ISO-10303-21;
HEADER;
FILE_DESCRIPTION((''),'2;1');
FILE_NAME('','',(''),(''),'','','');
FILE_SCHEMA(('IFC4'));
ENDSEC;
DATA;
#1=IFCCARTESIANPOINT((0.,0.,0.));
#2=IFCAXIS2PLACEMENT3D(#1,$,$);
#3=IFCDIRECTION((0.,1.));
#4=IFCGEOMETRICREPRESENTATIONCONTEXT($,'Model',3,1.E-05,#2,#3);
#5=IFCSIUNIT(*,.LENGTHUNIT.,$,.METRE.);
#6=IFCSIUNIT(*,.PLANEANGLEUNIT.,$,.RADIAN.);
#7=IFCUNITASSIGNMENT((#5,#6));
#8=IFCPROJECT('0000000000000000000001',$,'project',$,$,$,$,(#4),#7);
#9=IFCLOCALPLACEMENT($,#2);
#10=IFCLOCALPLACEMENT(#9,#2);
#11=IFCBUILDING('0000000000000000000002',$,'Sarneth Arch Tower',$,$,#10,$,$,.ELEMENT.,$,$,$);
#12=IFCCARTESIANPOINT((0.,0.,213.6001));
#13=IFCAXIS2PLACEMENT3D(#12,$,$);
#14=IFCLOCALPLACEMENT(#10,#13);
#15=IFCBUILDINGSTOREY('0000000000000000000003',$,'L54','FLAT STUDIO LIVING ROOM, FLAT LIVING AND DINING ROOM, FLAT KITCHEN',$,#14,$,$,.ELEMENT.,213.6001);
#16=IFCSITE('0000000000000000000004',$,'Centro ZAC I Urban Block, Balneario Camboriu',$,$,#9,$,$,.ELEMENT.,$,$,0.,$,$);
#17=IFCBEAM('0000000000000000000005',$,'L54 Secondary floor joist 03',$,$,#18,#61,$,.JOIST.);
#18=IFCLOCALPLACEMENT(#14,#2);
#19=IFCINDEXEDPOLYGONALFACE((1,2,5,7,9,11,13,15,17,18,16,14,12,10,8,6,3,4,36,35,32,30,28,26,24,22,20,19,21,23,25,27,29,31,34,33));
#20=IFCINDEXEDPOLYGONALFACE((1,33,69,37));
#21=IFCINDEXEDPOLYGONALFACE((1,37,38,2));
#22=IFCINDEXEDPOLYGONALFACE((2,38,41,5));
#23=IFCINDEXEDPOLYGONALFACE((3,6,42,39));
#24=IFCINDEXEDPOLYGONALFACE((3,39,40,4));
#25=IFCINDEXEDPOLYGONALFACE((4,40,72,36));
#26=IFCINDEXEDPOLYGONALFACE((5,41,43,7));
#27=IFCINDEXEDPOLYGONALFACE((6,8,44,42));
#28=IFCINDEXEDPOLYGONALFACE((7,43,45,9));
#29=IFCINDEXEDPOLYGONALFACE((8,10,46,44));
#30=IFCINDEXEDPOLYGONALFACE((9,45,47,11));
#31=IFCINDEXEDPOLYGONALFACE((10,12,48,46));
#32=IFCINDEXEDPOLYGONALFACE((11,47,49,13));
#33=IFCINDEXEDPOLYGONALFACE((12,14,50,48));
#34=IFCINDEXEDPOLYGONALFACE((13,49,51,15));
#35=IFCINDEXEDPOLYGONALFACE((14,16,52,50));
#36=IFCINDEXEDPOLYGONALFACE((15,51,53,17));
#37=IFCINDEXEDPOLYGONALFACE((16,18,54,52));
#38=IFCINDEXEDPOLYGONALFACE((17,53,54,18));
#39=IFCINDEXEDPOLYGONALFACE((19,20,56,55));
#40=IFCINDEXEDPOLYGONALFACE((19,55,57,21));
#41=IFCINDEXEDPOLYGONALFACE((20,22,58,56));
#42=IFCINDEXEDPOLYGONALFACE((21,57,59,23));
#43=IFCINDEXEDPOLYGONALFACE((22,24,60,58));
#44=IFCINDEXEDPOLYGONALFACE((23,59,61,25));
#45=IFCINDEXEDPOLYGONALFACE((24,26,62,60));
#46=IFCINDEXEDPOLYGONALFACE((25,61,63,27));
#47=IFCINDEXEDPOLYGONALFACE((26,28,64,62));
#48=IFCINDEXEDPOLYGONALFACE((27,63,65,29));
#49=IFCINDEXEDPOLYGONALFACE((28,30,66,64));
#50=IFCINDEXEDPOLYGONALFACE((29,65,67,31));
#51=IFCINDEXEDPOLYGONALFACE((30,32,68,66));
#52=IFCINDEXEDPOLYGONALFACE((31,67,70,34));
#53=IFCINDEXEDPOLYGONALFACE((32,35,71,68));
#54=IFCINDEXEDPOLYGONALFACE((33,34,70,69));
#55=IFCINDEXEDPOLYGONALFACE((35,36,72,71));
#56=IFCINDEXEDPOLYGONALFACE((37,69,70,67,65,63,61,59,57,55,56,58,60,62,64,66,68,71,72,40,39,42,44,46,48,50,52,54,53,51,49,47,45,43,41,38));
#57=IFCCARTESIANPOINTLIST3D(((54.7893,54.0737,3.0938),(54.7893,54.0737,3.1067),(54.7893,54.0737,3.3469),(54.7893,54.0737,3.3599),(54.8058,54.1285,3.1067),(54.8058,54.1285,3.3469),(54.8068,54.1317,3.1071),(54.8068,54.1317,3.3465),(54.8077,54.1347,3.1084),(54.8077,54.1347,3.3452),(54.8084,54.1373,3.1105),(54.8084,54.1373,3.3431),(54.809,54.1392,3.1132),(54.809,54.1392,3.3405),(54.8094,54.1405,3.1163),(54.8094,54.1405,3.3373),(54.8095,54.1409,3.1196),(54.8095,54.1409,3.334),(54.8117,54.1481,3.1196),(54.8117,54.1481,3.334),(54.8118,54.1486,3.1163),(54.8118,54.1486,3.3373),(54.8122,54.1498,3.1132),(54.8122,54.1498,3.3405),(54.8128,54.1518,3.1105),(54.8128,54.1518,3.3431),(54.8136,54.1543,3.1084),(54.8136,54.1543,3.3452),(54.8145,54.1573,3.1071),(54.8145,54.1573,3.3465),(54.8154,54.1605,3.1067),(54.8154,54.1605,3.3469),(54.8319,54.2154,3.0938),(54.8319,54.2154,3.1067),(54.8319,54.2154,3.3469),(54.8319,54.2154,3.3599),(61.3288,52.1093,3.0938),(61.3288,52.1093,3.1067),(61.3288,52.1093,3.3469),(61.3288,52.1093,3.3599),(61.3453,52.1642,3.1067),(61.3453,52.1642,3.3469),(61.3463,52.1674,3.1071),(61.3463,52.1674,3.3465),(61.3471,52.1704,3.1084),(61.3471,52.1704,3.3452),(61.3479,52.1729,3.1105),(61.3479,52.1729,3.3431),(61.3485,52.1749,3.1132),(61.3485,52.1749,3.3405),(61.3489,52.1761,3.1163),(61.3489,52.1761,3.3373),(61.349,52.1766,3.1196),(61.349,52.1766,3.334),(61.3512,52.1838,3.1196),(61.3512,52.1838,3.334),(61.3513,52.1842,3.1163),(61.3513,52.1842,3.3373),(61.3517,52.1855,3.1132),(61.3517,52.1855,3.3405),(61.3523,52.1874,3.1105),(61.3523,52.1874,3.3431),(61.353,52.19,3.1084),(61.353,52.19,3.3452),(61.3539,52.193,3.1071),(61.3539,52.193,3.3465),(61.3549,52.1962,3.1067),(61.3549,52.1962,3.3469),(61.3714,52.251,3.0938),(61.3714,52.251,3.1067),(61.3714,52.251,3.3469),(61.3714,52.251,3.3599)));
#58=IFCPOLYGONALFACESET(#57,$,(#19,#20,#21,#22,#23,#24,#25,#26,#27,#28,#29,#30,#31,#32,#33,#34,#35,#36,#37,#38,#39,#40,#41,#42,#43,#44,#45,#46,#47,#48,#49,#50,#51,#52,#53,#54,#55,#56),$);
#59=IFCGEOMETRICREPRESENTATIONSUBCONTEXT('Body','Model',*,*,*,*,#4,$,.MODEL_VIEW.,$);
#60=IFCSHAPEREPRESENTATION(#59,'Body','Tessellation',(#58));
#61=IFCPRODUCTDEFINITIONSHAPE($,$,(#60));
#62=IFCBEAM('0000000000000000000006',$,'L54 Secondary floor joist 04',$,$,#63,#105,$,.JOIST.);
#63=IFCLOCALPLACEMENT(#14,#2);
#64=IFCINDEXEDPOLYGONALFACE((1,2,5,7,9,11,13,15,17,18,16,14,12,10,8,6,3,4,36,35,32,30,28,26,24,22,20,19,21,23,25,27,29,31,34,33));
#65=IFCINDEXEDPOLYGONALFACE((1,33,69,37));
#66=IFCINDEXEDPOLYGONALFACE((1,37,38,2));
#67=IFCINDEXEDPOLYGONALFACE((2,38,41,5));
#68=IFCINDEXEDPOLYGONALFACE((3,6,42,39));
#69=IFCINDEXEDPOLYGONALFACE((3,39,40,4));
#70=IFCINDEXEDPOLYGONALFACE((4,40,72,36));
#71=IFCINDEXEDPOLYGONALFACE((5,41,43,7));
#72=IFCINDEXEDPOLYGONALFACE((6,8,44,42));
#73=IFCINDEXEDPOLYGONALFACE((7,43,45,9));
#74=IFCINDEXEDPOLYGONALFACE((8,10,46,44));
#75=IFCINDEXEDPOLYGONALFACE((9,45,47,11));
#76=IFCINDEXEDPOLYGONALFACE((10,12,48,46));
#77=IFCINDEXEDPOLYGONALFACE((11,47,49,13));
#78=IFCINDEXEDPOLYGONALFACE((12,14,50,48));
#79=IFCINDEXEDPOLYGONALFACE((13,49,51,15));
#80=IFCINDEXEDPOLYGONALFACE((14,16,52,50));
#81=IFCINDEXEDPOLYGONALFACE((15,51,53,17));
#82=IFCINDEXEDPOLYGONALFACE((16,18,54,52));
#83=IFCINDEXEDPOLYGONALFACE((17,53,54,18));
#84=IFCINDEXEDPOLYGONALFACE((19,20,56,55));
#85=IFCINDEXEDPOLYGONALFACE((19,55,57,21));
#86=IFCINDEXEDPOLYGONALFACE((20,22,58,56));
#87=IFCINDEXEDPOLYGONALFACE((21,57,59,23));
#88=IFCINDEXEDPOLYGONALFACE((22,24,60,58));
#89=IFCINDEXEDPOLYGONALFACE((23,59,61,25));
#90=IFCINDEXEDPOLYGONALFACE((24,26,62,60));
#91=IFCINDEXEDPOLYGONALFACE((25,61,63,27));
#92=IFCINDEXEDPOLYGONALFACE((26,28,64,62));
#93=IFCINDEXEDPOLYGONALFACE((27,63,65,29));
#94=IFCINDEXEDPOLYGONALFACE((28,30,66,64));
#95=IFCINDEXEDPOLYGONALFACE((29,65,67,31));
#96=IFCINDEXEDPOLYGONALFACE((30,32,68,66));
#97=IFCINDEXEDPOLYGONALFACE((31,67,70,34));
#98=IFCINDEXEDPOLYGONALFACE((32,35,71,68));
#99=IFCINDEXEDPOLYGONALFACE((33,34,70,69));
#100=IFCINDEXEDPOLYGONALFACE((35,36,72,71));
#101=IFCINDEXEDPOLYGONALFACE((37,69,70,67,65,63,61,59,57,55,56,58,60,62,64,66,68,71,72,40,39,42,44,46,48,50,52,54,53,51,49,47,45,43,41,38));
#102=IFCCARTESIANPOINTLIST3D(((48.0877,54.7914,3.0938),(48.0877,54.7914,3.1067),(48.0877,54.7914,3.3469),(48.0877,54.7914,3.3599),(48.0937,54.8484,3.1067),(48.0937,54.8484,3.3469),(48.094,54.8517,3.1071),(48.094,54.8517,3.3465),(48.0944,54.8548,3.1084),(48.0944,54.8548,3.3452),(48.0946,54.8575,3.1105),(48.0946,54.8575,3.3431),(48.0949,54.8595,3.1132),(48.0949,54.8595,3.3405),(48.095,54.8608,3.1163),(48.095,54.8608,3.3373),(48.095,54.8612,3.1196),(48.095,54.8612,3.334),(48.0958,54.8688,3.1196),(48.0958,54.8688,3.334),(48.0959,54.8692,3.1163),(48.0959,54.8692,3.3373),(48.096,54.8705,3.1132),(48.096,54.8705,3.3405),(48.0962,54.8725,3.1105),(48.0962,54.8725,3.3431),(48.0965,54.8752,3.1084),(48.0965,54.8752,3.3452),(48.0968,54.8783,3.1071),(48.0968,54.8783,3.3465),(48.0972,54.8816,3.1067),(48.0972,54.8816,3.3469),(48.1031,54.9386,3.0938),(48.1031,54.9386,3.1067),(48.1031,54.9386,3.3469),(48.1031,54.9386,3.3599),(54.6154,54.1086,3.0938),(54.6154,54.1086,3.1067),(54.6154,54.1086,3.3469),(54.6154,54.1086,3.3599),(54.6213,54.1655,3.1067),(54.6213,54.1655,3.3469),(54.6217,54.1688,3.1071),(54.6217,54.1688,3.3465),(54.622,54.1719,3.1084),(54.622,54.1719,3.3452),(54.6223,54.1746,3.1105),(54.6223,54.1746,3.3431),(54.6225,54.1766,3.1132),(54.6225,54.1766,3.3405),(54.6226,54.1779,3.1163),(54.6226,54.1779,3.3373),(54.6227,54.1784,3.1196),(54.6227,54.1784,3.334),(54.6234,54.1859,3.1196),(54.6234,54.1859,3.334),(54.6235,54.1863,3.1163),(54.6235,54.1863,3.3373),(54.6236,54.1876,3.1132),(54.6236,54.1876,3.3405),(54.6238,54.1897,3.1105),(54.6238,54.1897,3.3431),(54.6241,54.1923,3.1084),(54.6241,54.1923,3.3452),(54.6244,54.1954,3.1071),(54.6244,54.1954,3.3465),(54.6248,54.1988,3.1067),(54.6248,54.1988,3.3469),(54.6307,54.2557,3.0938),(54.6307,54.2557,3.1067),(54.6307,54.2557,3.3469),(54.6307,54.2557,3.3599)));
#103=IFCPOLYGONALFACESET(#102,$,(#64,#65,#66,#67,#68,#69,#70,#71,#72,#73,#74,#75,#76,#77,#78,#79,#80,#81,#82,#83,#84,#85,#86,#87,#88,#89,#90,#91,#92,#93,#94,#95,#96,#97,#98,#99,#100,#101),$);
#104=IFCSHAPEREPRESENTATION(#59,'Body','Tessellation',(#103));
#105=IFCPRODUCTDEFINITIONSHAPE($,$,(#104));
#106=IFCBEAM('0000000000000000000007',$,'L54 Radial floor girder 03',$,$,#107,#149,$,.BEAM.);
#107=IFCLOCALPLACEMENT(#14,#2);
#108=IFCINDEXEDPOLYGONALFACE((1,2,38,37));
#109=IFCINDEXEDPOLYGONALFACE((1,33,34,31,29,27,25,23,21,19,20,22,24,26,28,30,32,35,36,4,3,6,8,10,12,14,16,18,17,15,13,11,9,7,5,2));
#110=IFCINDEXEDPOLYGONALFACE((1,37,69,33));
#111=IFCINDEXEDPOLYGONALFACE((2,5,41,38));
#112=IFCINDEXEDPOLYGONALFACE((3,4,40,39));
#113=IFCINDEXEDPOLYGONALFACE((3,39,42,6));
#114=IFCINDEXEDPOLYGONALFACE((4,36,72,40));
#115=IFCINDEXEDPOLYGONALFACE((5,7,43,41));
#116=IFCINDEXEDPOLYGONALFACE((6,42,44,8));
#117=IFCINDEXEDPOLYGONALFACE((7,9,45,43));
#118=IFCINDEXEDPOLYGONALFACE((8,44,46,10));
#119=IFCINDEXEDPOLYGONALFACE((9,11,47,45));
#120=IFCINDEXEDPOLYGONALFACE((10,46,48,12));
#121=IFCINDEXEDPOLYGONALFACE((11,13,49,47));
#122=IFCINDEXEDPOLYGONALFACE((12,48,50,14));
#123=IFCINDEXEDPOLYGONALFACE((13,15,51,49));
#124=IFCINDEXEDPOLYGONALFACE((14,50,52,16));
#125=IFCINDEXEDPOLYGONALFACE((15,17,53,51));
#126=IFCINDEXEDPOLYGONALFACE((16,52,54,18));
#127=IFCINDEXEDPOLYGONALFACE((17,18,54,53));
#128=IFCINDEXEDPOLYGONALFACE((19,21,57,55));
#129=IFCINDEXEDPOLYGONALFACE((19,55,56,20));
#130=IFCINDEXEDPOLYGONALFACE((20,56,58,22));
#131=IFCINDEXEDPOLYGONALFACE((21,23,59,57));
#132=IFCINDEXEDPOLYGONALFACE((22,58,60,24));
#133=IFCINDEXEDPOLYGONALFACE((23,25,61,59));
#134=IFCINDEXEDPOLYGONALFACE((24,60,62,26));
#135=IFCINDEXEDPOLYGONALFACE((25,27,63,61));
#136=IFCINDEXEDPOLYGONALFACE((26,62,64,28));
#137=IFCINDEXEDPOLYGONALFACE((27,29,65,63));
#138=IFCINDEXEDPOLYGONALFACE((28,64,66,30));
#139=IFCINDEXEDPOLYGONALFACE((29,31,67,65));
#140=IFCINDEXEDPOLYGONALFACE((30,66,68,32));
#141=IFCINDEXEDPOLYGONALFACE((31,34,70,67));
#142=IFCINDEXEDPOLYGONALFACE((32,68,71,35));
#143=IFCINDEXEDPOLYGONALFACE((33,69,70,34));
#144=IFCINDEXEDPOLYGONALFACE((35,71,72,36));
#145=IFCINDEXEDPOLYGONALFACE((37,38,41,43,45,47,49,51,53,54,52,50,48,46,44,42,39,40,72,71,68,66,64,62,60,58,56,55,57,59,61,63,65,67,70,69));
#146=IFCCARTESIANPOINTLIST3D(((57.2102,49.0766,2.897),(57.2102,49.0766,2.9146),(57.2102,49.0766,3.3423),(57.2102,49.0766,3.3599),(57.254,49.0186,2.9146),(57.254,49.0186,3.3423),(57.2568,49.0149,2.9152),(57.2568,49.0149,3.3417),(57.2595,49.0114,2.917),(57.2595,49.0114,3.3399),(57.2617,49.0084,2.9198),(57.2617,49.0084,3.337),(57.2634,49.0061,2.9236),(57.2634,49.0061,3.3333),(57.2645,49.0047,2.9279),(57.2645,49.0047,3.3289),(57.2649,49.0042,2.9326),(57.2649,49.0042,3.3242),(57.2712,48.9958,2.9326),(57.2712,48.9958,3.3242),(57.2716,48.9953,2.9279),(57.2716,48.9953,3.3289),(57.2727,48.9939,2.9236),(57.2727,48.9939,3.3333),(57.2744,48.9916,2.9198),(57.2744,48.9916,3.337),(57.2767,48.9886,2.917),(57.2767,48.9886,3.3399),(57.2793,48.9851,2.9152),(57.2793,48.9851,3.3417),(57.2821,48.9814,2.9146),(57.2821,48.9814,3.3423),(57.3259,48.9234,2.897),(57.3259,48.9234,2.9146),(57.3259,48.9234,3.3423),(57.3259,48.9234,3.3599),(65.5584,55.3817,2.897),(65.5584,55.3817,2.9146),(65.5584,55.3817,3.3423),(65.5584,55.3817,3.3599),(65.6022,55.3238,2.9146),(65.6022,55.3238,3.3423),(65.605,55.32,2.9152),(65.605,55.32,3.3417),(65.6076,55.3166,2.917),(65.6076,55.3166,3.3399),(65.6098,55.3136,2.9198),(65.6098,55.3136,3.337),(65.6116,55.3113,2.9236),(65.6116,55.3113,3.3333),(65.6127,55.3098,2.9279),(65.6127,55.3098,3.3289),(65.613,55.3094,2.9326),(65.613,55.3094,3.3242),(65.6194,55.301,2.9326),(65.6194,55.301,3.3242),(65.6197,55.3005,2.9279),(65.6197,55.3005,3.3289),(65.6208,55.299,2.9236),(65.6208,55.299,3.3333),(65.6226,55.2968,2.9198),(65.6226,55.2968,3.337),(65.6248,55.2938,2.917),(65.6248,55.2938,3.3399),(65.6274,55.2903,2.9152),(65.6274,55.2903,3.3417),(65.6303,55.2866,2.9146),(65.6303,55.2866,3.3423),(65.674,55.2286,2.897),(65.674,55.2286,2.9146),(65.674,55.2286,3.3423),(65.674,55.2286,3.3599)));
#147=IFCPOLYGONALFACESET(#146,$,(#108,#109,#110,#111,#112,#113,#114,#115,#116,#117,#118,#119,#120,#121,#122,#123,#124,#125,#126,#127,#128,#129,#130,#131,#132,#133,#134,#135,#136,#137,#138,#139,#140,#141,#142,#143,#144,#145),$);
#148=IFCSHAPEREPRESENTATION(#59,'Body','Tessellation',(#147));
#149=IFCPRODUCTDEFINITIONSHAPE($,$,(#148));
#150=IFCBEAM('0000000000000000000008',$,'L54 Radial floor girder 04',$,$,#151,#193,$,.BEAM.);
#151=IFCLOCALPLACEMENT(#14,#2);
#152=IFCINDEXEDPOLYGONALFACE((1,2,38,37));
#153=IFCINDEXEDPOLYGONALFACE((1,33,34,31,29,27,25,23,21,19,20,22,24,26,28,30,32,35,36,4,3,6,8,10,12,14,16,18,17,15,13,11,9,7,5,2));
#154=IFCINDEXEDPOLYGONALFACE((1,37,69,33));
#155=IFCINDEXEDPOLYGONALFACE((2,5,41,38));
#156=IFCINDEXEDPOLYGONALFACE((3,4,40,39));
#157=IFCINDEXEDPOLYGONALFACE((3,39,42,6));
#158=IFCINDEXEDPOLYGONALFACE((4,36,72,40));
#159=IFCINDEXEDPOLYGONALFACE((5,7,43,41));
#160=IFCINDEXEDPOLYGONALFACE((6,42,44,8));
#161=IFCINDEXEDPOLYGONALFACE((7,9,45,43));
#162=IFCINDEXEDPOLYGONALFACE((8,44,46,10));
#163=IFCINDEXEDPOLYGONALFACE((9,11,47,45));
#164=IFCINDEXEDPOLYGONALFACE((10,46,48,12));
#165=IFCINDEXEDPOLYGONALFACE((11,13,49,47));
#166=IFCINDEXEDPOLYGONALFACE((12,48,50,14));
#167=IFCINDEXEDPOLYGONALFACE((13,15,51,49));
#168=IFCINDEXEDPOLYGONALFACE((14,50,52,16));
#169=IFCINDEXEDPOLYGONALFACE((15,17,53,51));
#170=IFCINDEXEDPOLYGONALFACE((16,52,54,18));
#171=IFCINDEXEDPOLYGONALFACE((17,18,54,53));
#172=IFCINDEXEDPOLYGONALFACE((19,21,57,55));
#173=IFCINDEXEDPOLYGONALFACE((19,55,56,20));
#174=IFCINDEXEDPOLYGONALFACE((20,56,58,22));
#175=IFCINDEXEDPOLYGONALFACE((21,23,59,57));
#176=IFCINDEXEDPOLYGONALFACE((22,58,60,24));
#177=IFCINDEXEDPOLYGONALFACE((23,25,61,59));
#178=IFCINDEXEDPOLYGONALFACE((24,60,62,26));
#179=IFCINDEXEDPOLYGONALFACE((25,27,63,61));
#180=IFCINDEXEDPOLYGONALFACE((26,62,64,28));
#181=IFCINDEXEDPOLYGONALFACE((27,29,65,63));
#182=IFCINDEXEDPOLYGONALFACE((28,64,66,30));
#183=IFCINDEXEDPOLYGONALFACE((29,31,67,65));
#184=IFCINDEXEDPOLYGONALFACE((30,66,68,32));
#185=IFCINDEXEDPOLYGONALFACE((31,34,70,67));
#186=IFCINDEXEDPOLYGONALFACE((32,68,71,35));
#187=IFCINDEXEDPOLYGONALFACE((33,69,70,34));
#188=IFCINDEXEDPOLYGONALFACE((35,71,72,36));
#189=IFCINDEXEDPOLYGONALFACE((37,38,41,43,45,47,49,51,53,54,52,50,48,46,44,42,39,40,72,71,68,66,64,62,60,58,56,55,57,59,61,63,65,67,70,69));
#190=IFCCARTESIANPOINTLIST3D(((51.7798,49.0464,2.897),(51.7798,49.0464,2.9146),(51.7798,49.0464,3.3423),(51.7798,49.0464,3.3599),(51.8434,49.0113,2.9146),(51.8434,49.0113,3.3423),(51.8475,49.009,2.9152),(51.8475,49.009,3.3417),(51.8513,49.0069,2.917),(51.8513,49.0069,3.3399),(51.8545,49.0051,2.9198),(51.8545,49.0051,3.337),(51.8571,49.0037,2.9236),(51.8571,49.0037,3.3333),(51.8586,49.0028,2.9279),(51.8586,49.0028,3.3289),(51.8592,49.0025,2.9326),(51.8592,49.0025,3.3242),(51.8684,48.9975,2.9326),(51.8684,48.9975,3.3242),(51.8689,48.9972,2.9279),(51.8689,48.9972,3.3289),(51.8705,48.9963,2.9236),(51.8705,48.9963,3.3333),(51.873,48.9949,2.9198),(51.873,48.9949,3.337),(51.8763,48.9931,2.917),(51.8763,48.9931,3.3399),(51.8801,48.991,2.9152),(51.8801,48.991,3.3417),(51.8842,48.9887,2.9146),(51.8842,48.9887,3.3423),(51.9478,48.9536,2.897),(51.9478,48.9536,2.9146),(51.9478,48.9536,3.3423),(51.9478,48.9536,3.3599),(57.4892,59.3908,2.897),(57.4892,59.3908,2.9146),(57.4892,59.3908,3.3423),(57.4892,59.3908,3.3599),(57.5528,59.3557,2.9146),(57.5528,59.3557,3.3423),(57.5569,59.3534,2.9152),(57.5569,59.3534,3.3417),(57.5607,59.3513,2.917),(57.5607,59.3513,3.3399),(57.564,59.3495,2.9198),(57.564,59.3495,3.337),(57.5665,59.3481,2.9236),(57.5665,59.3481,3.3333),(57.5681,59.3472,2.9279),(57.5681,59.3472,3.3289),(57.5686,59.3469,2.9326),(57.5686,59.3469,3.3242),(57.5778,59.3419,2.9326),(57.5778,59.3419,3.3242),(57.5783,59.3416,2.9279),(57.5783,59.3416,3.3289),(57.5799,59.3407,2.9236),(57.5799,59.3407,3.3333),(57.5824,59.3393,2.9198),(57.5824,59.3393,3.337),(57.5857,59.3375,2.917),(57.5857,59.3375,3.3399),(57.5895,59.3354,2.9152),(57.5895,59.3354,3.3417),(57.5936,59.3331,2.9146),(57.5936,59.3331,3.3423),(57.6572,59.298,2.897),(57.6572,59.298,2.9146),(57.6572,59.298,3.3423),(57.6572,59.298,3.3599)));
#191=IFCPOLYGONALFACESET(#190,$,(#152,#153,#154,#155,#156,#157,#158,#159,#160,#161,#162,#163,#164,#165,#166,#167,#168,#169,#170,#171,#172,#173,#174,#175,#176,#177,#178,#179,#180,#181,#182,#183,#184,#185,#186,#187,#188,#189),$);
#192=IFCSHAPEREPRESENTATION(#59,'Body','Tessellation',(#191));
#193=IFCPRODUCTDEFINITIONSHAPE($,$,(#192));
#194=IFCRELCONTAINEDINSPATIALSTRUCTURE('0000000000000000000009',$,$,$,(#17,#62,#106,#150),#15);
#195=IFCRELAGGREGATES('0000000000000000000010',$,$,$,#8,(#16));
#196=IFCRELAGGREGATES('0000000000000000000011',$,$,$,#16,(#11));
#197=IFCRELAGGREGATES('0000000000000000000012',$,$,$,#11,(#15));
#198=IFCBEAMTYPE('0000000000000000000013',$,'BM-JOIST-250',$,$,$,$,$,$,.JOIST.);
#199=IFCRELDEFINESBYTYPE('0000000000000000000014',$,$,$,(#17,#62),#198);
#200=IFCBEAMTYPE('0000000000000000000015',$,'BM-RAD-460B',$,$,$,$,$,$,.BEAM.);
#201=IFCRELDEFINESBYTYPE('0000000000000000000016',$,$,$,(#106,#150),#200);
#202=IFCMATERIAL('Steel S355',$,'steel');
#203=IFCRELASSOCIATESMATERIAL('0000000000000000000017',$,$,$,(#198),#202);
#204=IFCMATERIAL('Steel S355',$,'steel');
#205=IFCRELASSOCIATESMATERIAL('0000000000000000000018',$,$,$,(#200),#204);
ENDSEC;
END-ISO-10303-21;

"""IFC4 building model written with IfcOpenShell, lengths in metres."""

from ifc_helpers import new_model, si_unit, direction, frame, origin, origin_2d, place, context, subcontext, project, spatial, i_section, extrude, material, material_profile, profile_set, type_object, element, save


model = new_model("IFC4")

# Units and contexts
model_context = context("Model", 3, precision=1e-05, world=origin(), true_north=direction((0.0, 1.0)))
body_context = subcontext(model_context, "Body", "Model", "MODEL_VIEW")
ifc_project = project(units=[si_unit("LENGTHUNIT", "METRE"), si_unit("PLANEANGLEUNIT", "RADIAN")], contexts=[model_context])

# Site, building, storey
site_placement = place(None, origin())
site = spatial("IfcSite", under=ifc_project, at=site_placement, Name="Centro ZAC I Urban Block, Balneario Camboriu", CompositionType="ELEMENT", RefElevation=0.0)
building_placement = place(site_placement, origin())
building = spatial("IfcBuilding", under=site, at=building_placement, Name="Sarneth Arch Tower", CompositionType="ELEMENT")
storey_placement = place(building_placement, frame((0.0, 0.0, 213.6001)))
storey = spatial("IfcBuildingStorey", under=building, at=storey_placement, Name="L54", Description="FLAT STUDIO LIVING ROOM, FLAT LIVING AND DINING ROOM, FLAT KITCHEN", CompositionType="ELEMENT", Elevation=213.6001)

# Beams
ifc_material_1 = material(Name="Steel S355", Category="steel")
ifc_material_profile_1 = material_profile(ifc_material_1, i_section(OverallWidth=0.1479, OverallDepth=0.2661, WebThickness=0.0076, FlangeThickness=0.0129, FilletRadius=0.0129, at=origin_2d()), Name="W250x44.8")
ifc_profile_set_1 = profile_set([ifc_material_profile_1], Name="Steel S355")
beam_type_1 = type_object("IfcBeamType", Name="BM-JOIST-250", PredefinedType="JOIST", material=ifc_profile_set_1)
beam_1_placement = place(storey_placement, frame((61.3501, 52.1802, 3.2268), z_axis=(-0.957726, 0.287682, 0.0), x_axis=(-0.287682, -0.957726, 0.0)))
element("IfcBeam", 1, at=beam_1_placement, inside=storey, type_object=beam_type_1, Name="L54 Secondary floor joist 03", PredefinedType="JOIST", context=body_context, shape_type="SweptSolid", body=[
    extrude(i_section(OverallWidth=0.1479, OverallDepth=0.2661, WebThickness=0.0076, FlangeThickness=0.0129, FilletRadius=0.0129, at=origin_2d()), origin(), (0.0, 0.0, 1.0), 6.8281),
])
beam_2_placement = place(storey_placement, frame((54.623, 54.1821, 3.2268), z_axis=(-0.994573, 0.104044, 0.0), x_axis=(-0.104044, -0.994573, 0.0)))
element("IfcBeam", 2, at=beam_2_placement, inside=storey, type_object=beam_type_1, Name="L54 Secondary floor joist 04", PredefinedType="JOIST", context=body_context, shape_type="SweptSolid", body=[
    extrude(i_section(OverallWidth=0.1479, OverallDepth=0.2661, WebThickness=0.0076, FlangeThickness=0.0129, FilletRadius=0.0129, at=origin_2d()), origin(), (0.0, 0.0, 1.0), 6.5632),
])
ifc_material_2 = material(Name="Steel S355", Category="steel")
ifc_material_profile_2 = material_profile(ifc_material_2, i_section(OverallWidth=0.1919, OverallDepth=0.4629, WebThickness=0.0105, FlangeThickness=0.0176, FilletRadius=0.0181, at=origin_2d()), Name="W460x89")
ifc_profile_set_2 = profile_set([ifc_material_profile_2], Name="Steel S355")
beam_type_2 = type_object("IfcBeamType", Name="BM-RAD-460B", PredefinedType="BEAM", material=ifc_profile_set_2)
beam_3_placement = place(storey_placement, frame((57.2681, 49.0, 3.1284), z_axis=(0.797974, 0.602692, 0.0), x_axis=(-0.602692, 0.797974, 0.0)))
element("IfcBeam", 3, at=beam_3_placement, inside=storey, type_object=beam_type_2, Name="L54 Radial floor girder 03", PredefinedType="BEAM", context=body_context, shape_type="SweptSolid", body=[
    extrude(i_section(OverallWidth=0.1919, OverallDepth=0.4629, WebThickness=0.0105, FlangeThickness=0.0176, FilletRadius=0.0181, at=origin_2d()), origin(), (0.0, 0.0, 1.0), 10.4617),
])
beam_4_placement = place(storey_placement, frame((51.8638, 49.0, 3.1284), z_axis=(0.483218, 0.8755, 0.0), x_axis=(-0.8755, 0.483218, 0.0)))
element("IfcBeam", 4, at=beam_4_placement, inside=storey, type_object=beam_type_2, Name="L54 Radial floor girder 04", PredefinedType="BEAM", context=body_context, shape_type="SweptSolid", body=[
    extrude(i_section(OverallWidth=0.1919, OverallDepth=0.4629, WebThickness=0.0105, FlangeThickness=0.0176, FilletRadius=0.0181, at=origin_2d()), origin(), (0.0, 0.0, 1.0), 11.8154),
])

save(model, "model.ifc")
